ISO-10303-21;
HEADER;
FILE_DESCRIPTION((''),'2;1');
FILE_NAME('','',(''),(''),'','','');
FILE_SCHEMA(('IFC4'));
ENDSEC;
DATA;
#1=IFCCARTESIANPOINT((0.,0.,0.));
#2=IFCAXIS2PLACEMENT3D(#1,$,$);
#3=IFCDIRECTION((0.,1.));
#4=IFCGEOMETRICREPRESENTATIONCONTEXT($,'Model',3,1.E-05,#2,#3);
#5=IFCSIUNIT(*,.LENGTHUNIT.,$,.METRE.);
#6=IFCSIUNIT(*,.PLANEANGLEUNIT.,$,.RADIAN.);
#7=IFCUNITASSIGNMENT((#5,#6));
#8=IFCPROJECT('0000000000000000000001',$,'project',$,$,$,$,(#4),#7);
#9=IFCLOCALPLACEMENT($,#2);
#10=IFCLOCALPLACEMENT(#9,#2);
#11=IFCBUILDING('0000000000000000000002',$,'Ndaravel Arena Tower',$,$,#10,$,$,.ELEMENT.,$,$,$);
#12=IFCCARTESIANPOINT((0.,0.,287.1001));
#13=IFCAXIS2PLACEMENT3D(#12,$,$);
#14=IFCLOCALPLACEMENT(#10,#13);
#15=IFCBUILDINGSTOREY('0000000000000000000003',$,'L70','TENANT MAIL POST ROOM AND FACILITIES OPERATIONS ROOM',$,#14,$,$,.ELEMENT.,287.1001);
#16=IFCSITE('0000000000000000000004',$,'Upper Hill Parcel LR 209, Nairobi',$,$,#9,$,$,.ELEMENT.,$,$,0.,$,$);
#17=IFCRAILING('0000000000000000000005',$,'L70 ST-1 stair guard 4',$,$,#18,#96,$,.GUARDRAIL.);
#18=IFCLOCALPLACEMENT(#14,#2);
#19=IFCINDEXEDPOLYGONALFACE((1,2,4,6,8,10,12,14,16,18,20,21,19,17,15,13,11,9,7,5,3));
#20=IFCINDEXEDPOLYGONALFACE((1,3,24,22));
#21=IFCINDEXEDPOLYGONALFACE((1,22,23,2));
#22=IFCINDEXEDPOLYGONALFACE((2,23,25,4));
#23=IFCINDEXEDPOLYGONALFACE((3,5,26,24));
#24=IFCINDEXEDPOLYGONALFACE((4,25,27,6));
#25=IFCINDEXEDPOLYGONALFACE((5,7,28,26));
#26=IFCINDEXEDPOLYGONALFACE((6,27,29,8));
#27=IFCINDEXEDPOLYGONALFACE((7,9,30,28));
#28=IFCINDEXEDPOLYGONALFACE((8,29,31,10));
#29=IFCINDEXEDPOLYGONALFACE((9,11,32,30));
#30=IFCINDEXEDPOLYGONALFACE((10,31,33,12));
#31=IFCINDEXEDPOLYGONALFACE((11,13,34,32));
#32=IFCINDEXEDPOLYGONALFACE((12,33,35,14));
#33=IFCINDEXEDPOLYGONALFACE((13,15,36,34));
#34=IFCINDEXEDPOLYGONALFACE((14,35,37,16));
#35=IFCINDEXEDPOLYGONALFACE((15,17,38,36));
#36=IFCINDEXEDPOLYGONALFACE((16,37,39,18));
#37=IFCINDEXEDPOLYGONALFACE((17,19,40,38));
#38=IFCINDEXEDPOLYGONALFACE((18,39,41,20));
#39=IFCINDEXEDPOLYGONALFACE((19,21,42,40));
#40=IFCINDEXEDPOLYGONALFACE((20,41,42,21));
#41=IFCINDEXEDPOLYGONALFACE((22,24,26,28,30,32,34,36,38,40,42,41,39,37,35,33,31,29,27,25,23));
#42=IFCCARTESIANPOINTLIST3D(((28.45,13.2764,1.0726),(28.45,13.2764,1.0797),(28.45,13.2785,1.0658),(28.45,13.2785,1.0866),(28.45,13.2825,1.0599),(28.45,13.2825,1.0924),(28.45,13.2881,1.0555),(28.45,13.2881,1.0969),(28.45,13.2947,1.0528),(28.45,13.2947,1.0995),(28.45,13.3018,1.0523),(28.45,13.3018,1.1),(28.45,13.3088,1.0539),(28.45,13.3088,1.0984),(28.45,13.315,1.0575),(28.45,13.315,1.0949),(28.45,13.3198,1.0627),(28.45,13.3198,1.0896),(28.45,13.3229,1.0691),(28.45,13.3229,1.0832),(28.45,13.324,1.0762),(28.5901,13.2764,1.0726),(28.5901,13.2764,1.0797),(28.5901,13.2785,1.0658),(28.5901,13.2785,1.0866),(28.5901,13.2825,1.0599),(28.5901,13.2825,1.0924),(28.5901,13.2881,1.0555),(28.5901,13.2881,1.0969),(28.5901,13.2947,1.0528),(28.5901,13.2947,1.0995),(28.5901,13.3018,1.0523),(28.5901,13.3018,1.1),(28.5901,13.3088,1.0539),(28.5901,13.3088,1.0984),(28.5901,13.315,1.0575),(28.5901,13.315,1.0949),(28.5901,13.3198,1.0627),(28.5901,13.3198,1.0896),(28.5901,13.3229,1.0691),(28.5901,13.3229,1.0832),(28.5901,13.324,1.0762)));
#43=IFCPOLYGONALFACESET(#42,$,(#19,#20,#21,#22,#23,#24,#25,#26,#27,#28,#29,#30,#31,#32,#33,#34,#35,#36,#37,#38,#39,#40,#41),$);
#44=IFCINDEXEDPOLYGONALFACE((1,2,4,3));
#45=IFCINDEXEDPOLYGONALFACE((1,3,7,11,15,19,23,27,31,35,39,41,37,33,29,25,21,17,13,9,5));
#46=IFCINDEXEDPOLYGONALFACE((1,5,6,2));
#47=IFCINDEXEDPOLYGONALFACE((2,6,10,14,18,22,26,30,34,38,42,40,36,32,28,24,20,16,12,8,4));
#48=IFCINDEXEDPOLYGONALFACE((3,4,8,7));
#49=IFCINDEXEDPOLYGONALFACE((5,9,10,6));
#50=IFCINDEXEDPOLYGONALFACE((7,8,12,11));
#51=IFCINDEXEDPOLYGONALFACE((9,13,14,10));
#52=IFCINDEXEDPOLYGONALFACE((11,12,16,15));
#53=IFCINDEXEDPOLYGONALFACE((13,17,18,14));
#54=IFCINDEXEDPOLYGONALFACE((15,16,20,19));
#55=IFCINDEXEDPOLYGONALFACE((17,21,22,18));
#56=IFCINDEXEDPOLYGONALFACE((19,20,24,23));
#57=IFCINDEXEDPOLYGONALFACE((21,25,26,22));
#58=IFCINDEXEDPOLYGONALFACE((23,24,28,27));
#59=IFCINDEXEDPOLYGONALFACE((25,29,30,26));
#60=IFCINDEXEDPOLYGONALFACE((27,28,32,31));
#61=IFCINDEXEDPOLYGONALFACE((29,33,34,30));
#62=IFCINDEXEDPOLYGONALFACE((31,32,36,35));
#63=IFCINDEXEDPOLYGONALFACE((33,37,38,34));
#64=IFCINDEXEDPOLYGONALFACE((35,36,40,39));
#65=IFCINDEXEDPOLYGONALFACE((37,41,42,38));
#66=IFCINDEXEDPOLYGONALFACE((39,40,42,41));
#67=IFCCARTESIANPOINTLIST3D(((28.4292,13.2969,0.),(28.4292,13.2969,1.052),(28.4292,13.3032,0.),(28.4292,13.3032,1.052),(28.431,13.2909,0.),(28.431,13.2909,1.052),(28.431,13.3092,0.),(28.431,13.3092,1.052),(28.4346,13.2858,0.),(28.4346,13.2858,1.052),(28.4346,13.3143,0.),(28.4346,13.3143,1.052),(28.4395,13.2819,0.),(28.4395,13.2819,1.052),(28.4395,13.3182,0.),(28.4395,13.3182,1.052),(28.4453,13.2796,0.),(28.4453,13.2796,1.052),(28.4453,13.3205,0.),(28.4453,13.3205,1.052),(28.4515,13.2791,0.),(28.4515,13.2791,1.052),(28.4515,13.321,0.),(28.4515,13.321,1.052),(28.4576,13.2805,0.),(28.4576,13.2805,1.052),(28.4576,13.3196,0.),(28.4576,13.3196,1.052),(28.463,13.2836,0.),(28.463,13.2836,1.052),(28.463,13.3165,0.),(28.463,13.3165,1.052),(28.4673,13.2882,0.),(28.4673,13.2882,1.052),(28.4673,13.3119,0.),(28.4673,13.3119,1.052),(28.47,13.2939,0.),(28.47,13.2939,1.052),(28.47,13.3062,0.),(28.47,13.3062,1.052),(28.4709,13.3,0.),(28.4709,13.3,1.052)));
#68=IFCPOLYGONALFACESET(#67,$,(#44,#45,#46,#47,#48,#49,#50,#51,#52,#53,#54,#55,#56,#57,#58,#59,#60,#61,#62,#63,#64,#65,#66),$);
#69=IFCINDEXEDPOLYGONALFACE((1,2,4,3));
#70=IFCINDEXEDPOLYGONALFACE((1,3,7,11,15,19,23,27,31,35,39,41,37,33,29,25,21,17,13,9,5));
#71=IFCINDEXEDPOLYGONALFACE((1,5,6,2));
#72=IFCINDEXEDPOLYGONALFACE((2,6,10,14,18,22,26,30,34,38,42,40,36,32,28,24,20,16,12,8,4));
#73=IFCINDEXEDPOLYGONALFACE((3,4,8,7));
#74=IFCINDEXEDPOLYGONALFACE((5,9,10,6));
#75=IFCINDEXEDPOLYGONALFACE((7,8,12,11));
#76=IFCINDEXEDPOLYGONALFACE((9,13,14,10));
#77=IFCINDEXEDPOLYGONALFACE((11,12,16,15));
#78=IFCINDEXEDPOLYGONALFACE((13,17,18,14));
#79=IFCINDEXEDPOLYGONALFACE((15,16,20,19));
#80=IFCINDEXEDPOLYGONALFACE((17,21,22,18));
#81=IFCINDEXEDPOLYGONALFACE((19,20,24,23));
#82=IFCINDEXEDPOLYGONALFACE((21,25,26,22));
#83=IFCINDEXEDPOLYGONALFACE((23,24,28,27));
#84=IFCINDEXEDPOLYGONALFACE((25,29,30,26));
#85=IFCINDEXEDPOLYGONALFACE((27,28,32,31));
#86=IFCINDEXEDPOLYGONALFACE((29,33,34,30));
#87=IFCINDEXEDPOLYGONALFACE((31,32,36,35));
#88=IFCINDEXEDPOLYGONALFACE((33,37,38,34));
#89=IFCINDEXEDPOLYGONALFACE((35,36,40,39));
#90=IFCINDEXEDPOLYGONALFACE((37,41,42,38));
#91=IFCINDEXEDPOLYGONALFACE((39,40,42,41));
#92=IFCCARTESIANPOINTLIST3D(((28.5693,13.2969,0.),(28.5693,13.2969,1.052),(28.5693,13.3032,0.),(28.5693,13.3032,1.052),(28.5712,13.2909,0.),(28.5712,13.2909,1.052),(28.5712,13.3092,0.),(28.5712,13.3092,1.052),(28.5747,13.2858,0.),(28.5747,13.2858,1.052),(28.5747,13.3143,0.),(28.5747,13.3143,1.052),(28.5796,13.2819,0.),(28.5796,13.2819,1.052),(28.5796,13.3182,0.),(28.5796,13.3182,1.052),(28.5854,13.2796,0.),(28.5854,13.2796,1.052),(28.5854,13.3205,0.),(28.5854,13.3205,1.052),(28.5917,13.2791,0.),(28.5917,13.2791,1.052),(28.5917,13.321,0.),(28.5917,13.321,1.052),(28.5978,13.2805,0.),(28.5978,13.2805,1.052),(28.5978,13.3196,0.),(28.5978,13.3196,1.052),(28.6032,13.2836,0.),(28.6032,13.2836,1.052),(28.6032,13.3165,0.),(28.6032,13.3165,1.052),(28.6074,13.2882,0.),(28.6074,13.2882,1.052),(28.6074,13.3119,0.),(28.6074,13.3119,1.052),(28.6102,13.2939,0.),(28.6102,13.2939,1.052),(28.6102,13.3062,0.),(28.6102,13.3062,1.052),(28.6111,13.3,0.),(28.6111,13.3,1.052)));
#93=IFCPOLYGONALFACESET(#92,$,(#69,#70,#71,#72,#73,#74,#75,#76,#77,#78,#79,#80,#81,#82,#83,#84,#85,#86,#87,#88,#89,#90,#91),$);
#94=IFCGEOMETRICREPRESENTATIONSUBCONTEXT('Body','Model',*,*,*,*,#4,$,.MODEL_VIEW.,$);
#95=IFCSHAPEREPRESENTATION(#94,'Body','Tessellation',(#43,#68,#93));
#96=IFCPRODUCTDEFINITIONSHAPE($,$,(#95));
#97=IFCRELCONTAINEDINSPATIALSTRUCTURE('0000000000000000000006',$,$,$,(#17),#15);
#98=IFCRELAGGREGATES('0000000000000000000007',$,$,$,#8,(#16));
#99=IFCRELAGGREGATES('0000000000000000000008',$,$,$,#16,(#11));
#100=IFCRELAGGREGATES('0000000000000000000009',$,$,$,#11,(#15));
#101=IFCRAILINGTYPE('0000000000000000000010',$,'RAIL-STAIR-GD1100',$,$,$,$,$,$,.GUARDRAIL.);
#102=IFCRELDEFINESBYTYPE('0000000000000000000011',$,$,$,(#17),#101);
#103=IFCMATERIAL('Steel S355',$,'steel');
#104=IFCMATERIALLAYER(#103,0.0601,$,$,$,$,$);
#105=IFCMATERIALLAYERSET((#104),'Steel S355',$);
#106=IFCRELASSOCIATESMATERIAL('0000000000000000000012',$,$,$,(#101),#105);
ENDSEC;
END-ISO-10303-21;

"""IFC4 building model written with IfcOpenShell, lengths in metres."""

from ifc_helpers import new_model, si_unit, direction, frame, origin, origin_2d, place, context, subcontext, project, spatial, circle, extrude, material, layer, layer_set, type_object, element, save


model = new_model("IFC4")

# Units and contexts
model_context = context("Model", 3, precision=1e-05, world=origin(), true_north=direction((0.0, 1.0)))
body_context = subcontext(model_context, "Body", "Model", "MODEL_VIEW")
ifc_project = project(units=[si_unit("LENGTHUNIT", "METRE"), si_unit("PLANEANGLEUNIT", "RADIAN")], contexts=[model_context])

# Site, building, storey
site_placement = place(None, origin())
site = spatial("IfcSite", under=ifc_project, at=site_placement, Name="Upper Hill Parcel LR 209, Nairobi", CompositionType="ELEMENT", RefElevation=0.0)
building_placement = place(site_placement, origin())
building = spatial("IfcBuilding", under=site, at=building_placement, Name="Ndaravel Arena Tower", CompositionType="ELEMENT")
storey_placement = place(building_placement, frame((0.0, 0.0, 287.1001)))
storey = spatial("IfcBuildingStorey", under=building, at=storey_placement, Name="L70", Description="TENANT MAIL POST ROOM AND FACILITIES OPERATIONS ROOM", CompositionType="ELEMENT", Elevation=287.1001)

# Railing
ifc_material_1 = material(Name="Steel S355", Category="steel")
ifc_layer_1 = layer(ifc_material_1, 0.0601)
ifc_layer_set_1 = layer_set([ifc_layer_1], Name="Steel S355")
railing_type_1 = type_object("IfcRailingType", Name="RAIL-STAIR-GD1100", PredefinedType="GUARDRAIL", material=ifc_layer_set_1)
railing_1_placement = place(storey_placement, frame((28.45, 13.3, 0.0)))
element("IfcRailing", 1, at=railing_1_placement, inside=storey, type_object=railing_type_1, Name="L70 ST-1 stair guard 4", PredefinedType="GUARDRAIL", context=body_context, shape_type="SweptSolid", body=[
    extrude(circle(Radius=0.0239, at=origin_2d()), frame((0.0, 0.0, 1.0762), z_axis=(1.0, 0.0, 0.0), x_axis=(0.0, 1.0, 0.0)), (0.0, 0.0, 1.0), 0.1401),
    extrude(circle(Radius=0.021, at=origin_2d()), origin(), (0.0, 0.0, 1.0), 1.052),
    extrude(circle(Radius=0.021, at=origin_2d()), frame((0.1401, 0.0, 0.0)), (0.0, 0.0, 1.0), 1.052),
])

save(model, "model.ifc")
